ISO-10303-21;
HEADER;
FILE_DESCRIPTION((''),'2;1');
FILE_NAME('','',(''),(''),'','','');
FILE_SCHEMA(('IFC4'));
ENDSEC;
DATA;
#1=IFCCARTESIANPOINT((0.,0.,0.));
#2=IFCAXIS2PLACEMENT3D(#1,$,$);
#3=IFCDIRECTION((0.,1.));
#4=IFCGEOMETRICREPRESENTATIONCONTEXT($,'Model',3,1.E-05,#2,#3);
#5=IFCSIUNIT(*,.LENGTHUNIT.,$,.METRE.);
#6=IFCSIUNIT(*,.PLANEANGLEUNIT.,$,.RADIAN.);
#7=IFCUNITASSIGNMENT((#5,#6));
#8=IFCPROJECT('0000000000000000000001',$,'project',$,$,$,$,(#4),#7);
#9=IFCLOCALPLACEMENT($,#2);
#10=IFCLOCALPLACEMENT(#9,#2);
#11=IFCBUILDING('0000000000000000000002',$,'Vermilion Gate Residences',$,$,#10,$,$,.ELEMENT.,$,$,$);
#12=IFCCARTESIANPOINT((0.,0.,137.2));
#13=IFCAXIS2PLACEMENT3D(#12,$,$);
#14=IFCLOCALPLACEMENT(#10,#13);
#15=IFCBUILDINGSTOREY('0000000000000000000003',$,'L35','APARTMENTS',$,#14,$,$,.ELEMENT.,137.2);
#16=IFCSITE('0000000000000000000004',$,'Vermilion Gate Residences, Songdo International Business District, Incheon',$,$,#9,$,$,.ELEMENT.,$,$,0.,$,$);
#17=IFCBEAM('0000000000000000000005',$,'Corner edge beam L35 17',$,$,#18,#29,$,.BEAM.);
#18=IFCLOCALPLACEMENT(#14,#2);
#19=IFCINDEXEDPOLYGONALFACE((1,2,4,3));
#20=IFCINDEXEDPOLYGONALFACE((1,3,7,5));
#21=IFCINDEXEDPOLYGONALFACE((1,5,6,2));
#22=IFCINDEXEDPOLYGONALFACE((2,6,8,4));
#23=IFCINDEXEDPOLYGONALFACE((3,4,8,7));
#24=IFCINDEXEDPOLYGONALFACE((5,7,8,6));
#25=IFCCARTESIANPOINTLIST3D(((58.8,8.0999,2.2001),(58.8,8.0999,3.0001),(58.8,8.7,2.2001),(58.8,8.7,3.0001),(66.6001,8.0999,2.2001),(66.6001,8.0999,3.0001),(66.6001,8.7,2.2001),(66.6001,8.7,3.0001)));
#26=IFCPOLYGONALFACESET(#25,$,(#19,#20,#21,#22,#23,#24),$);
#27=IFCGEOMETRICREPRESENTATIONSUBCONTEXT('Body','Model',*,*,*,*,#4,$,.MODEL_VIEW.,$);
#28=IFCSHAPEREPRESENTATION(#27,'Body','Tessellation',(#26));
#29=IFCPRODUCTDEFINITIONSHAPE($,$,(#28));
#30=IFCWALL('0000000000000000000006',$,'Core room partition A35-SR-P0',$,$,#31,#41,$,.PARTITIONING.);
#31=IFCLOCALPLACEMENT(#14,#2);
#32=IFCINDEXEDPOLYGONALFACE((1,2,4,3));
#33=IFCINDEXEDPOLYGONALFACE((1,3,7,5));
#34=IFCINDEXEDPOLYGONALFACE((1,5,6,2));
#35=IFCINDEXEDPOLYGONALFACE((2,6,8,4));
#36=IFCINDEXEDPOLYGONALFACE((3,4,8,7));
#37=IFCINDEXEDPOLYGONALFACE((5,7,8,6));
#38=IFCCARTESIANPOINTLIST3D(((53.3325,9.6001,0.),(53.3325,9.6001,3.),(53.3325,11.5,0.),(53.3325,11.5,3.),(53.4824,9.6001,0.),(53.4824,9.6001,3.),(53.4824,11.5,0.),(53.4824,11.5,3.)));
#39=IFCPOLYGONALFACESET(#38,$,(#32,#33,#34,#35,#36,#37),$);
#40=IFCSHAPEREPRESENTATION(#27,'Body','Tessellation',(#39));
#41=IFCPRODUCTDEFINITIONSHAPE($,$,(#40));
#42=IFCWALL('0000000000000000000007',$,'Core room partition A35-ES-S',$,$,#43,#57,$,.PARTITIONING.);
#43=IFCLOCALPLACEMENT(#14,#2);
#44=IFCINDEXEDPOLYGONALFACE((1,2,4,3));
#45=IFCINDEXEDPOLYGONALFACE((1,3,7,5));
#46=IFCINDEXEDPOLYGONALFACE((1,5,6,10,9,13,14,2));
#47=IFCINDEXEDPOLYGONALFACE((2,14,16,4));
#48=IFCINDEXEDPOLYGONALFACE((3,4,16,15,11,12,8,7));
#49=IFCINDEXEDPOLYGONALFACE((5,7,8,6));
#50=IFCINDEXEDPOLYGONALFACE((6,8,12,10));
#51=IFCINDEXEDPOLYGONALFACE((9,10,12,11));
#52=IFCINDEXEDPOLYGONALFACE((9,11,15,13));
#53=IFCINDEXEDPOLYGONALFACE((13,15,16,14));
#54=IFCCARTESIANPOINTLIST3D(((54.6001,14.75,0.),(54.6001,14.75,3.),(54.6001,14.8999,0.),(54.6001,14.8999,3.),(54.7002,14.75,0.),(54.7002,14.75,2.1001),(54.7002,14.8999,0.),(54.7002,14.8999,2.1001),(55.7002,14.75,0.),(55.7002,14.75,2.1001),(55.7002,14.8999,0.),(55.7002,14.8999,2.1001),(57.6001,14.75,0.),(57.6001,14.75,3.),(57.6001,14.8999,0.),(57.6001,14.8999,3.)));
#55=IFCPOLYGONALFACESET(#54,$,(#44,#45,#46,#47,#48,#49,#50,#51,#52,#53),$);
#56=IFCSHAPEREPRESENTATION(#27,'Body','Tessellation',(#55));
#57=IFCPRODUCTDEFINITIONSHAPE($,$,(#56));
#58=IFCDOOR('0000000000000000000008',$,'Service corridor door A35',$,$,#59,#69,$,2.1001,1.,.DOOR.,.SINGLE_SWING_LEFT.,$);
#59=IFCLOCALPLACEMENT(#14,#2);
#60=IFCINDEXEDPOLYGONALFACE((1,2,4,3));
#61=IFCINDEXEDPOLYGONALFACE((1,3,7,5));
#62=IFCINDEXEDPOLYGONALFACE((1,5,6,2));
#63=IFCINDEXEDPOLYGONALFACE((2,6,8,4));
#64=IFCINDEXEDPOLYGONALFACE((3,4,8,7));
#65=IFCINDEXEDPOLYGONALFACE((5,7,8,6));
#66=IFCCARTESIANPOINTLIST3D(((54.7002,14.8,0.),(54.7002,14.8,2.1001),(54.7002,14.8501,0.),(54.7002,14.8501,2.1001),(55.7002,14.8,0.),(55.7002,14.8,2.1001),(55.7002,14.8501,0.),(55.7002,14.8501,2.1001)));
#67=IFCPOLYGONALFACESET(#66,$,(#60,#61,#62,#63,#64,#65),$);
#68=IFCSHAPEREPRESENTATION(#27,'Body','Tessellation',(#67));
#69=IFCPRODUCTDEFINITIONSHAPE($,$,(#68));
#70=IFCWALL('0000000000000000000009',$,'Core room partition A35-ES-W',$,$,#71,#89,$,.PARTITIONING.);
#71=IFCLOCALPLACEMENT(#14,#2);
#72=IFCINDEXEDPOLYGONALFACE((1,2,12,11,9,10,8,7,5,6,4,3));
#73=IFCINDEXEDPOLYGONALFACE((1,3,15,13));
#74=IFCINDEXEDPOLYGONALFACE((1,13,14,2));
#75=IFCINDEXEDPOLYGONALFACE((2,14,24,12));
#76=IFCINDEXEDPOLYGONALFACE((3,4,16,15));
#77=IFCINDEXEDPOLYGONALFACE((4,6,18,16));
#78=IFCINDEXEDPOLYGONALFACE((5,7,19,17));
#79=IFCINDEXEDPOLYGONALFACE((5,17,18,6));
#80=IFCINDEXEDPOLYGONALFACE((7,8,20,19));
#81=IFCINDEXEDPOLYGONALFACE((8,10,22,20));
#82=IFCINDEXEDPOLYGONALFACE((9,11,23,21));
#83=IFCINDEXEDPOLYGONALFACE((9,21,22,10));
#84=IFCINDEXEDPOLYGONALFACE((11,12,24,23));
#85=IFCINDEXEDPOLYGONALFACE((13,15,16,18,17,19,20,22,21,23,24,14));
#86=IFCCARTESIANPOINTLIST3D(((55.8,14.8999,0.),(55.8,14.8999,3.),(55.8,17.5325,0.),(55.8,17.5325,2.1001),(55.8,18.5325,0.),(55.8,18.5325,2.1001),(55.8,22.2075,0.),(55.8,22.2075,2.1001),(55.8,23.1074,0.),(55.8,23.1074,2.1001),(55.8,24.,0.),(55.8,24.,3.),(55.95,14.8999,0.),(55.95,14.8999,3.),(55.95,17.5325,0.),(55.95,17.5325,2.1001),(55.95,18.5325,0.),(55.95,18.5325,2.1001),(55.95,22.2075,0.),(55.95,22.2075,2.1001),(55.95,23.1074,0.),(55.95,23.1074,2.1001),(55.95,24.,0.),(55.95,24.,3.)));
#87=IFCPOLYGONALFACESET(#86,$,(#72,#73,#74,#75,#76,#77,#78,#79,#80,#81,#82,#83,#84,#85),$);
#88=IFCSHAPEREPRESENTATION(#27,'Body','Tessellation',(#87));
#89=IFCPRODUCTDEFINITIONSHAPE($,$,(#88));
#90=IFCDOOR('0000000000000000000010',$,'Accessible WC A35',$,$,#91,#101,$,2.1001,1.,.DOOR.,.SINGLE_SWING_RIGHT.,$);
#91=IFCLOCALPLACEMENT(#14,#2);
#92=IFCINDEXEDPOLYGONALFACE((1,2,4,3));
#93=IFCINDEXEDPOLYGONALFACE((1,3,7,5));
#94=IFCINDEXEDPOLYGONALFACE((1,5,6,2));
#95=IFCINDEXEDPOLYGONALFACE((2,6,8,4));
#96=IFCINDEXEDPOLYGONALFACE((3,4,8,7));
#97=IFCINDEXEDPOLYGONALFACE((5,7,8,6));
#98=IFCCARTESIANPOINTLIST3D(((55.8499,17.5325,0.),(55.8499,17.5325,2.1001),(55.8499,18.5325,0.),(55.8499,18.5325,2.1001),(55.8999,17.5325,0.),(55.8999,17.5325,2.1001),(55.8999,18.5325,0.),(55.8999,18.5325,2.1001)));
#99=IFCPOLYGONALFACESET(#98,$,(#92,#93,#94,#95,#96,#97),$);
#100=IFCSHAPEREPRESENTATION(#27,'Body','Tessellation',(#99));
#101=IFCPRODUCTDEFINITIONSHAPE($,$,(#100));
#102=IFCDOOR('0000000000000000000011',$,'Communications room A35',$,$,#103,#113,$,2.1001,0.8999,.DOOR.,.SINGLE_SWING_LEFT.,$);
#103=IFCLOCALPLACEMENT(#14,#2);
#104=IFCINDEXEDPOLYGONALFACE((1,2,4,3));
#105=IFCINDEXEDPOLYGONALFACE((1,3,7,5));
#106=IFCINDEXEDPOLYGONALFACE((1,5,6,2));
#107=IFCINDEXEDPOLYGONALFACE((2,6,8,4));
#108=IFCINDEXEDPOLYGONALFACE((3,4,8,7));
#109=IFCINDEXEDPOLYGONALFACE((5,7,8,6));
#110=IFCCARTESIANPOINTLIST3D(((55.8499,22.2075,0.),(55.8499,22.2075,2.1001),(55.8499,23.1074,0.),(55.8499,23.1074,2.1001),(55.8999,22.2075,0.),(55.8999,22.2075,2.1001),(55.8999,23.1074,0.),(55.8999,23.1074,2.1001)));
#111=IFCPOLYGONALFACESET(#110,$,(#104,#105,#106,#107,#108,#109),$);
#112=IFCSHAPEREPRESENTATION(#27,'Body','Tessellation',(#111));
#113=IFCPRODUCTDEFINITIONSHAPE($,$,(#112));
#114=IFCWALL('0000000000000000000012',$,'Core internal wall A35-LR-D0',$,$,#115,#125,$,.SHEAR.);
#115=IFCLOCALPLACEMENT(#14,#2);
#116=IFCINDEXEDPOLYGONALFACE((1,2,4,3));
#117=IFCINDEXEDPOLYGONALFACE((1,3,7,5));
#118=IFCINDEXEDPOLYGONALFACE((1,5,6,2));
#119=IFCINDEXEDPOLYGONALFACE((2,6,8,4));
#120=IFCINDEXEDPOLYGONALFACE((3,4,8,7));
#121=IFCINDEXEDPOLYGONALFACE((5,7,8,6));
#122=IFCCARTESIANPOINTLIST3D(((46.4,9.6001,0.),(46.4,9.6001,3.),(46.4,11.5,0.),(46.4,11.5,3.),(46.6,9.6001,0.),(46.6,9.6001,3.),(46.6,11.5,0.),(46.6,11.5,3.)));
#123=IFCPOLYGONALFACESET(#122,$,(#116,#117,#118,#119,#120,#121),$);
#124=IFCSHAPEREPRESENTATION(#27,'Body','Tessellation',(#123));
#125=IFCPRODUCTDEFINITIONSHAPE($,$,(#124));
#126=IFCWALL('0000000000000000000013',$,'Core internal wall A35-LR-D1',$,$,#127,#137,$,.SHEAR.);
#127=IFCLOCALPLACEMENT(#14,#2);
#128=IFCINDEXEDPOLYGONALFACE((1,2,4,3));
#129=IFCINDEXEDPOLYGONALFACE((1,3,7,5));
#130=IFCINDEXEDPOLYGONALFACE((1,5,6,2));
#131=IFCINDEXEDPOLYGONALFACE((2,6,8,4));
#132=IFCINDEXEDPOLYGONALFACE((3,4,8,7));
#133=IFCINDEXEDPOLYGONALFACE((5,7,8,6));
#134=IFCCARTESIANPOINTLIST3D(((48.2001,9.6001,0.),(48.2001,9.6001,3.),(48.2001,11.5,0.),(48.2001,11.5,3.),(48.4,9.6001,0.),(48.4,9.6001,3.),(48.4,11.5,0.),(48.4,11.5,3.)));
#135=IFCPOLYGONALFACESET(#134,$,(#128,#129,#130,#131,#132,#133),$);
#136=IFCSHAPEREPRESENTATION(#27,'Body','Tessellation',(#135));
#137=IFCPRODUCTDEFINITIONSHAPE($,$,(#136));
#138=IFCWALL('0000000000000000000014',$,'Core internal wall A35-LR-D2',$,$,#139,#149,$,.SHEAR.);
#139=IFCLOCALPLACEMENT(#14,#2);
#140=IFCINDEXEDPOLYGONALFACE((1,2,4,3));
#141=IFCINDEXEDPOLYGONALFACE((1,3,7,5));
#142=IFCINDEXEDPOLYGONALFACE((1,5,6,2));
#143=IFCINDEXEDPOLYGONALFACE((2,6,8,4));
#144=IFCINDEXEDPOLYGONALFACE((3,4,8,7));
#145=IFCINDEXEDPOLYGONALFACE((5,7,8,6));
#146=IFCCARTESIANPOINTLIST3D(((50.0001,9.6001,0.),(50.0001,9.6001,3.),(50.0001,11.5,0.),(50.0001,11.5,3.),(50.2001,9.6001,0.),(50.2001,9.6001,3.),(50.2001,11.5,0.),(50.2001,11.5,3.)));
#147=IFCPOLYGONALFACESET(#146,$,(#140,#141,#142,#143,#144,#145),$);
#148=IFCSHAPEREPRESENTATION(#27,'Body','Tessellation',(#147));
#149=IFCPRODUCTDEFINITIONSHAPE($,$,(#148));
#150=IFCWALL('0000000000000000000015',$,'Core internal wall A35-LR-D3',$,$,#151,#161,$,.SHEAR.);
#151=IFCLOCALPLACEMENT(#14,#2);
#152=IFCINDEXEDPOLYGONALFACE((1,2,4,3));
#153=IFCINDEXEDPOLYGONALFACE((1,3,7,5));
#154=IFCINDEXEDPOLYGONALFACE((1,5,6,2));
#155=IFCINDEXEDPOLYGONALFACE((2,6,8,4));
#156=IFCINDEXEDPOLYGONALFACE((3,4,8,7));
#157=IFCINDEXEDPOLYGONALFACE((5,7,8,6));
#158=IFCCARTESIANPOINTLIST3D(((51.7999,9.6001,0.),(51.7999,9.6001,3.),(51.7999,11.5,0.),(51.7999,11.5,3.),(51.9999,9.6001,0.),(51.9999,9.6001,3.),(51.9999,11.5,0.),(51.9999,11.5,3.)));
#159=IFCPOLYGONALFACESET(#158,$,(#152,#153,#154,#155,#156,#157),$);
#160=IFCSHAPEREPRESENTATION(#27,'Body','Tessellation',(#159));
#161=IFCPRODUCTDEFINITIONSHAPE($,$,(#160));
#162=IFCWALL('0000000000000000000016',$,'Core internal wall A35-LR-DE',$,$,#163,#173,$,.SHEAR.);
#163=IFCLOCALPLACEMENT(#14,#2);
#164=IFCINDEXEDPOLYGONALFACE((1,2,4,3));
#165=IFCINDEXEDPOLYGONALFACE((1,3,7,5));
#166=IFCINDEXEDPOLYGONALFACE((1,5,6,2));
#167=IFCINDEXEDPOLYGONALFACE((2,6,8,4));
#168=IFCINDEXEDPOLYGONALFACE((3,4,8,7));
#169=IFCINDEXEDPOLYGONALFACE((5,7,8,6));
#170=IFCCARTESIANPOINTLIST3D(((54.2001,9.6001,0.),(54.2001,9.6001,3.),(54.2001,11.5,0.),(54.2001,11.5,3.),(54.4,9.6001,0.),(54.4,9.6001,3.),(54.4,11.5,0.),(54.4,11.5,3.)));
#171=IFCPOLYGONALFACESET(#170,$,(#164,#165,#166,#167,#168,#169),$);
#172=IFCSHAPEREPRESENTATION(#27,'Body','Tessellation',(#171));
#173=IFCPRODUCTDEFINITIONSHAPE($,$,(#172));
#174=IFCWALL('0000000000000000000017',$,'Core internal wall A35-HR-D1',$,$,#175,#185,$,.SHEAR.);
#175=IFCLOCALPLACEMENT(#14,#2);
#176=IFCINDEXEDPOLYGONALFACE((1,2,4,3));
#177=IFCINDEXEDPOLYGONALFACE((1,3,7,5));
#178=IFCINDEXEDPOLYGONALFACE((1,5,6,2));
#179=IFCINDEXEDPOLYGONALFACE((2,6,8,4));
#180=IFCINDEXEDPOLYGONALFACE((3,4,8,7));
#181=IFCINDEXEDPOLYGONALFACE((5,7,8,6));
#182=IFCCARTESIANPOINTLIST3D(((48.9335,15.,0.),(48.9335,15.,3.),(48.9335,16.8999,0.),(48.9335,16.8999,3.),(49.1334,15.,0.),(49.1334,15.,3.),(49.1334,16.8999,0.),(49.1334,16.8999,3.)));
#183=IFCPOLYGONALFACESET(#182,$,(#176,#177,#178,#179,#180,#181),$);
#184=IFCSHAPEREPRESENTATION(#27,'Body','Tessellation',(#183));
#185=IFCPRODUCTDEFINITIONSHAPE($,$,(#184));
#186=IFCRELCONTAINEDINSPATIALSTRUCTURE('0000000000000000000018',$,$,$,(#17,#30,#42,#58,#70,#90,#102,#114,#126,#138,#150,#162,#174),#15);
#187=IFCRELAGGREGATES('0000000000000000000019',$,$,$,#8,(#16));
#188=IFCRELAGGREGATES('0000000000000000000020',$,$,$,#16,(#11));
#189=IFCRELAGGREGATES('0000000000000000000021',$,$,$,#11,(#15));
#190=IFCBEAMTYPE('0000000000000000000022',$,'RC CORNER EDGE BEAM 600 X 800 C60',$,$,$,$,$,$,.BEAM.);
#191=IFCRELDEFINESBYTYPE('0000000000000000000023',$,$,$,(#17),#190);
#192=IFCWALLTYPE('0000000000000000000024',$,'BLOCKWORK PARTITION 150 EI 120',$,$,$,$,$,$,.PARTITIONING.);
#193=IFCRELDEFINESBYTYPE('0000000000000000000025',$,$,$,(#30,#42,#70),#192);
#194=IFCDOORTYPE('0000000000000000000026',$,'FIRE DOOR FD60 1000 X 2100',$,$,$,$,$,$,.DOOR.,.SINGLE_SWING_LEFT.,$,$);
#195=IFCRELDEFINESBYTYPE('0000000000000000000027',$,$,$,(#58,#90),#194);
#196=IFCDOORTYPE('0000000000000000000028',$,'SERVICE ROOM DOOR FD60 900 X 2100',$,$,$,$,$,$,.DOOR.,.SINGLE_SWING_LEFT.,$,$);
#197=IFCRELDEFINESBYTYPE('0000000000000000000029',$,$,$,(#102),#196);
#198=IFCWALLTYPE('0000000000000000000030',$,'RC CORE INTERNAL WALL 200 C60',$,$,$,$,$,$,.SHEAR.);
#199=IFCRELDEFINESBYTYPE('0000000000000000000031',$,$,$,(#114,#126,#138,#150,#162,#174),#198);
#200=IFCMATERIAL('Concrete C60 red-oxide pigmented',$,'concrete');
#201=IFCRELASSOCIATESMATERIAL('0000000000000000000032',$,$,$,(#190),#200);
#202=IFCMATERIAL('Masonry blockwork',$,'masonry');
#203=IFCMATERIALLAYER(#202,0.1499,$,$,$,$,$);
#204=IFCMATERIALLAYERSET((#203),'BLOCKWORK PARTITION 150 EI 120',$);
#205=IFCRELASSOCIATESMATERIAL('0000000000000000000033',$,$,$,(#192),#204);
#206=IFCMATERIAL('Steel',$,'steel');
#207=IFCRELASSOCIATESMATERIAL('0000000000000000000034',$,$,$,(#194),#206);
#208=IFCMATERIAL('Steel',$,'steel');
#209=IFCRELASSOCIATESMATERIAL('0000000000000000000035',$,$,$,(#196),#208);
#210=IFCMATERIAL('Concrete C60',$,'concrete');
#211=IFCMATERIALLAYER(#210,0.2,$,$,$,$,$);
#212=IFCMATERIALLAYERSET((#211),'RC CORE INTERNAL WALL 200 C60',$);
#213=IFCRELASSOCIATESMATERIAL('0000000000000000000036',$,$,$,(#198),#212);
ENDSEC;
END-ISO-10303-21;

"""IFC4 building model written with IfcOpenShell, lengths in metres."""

from ifc_helpers import new_model, si_unit, direction, frame, frame_2d, origin, origin_2d, place, context, subcontext, project, spatial, rectangle, extrude, material, layer, layer_set, material_profile, profile_set, type_object, element, fill, save


model = new_model("IFC4")

# Units and contexts
model_context = context("Model", 3, precision=1e-05, world=origin(), true_north=direction((0.0, 1.0)))
body_context = subcontext(model_context, "Body", "Model", "MODEL_VIEW")
ifc_project = project(units=[si_unit("LENGTHUNIT", "METRE"), si_unit("PLANEANGLEUNIT", "RADIAN")], contexts=[model_context])

# Site, building, storey
site_placement = place(None, origin())
site = spatial("IfcSite", under=ifc_project, at=site_placement, Name="Vermilion Gate Residences, Songdo International Business District, Incheon", CompositionType="ELEMENT", RefElevation=0.0)
building_placement = place(site_placement, origin())
building = spatial("IfcBuilding", under=site, at=building_placement, Name="Vermilion Gate Residences", CompositionType="ELEMENT")
storey_placement = place(building_placement, frame((0.0, 0.0, 137.2)))
storey = spatial("IfcBuildingStorey", under=building, at=storey_placement, Name="L35", Description="APARTMENTS", CompositionType="ELEMENT", Elevation=137.2)

# Beam
ifc_material_1 = material(Name="Concrete C60 red-oxide pigmented", Category="concrete")
ifc_material_profile = material_profile(ifc_material_1, rectangle(XDim=0.6001, YDim=0.8, at=origin_2d()), Name="RC-600x800")
ifc_profile_set = profile_set([ifc_material_profile], Name="Concrete C60 red-oxide pigmented")
beam_type = type_object("IfcBeamType", Name="RC CORNER EDGE BEAM 600 X 800 C60", PredefinedType="BEAM", material=ifc_profile_set)
beam_placement = place(storey_placement, frame((58.8, 8.3999, 2.6001), z_axis=(1.0, 0.0, 0.0), x_axis=(0.0, 1.0, 0.0)))
element("IfcBeam", 1, at=beam_placement, inside=storey, type_object=beam_type, Name="Corner edge beam L35 17", PredefinedType="BEAM", context=body_context, shape_type="SweptSolid", body=[
    extrude(rectangle(XDim=0.6001, YDim=0.8, at=origin_2d()), origin(), (0.0, 0.0, 1.0), 7.8),
])

# Wall
ifc_material_2 = material(Name="Masonry blockwork", Category="masonry")
ifc_layer_1 = layer(ifc_material_2, 0.1499)
ifc_layer_set_1 = layer_set([ifc_layer_1], Name="BLOCKWORK PARTITION 150 EI 120")
wall_type_1 = type_object("IfcWallType", Name="BLOCKWORK PARTITION 150 EI 120", PredefinedType="PARTITIONING", material=ifc_layer_set_1)
wall_1_placement = place(storey_placement, frame((53.4075, 9.6001, 0.0), z_axis=(0.0, 0.0, 1.0), x_axis=(0.0, 1.0, 0.0)))
element("IfcWall", 2, at=wall_1_placement, inside=storey, type_object=wall_type_1, Name="Core room partition A35-SR-P0", PredefinedType="PARTITIONING", context=body_context, shape_type="SweptSolid", body=[
    extrude(rectangle(XDim=1.8999, YDim=0.1499, at=frame_2d((0.95, 0.0))), origin(), (0.0, 0.0, 1.0), 3.0),
])

# Wall, opening, door
wall_2_placement = place(storey_placement, frame((54.6001, 14.825, 0.0), z_axis=(0.0, 0.0, 1.0), x_axis=(1.0, 0.0, 0.0)))
wall_2 = element("IfcWall", 3, at=wall_2_placement, inside=storey, type_object=wall_type_1, Name="Core room partition A35-ES-S", PredefinedType="PARTITIONING", context=body_context, shape_type="SweptSolid", body=[
    extrude(rectangle(XDim=3.0, YDim=0.1499, at=frame_2d((1.5, 0.0))), origin(), (0.0, 0.0, 1.0), 3.0),
])
opening_1_placement = place(wall_2_placement, frame((0.1001, 0.0, 0.0)))
opening_1 = element("IfcOpeningElement", 4, at=opening_1_placement, cuts=wall_2, PredefinedType="OPENING", context=body_context, shape_type="SweptSolid", body=[
    extrude(rectangle(XDim=1.0, YDim=2.1001, at=frame_2d((0.5, 1.05))), frame((0.0, 0.085, 0.0), z_axis=(0.0, -1.0, 0.0), x_axis=(1.0, 0.0, 0.0)), (0.0, 0.0, 1.0), 0.1699),
])
ifc_material_3 = material(Name="Steel", Category="steel")
door_type_1 = type_object("IfcDoorType", Name="FIRE DOOR FD60 1000 X 2100", OperationType="SINGLE_SWING_LEFT", PredefinedType="DOOR", material=ifc_material_3)
door_1_placement = place(opening_1_placement, frame((1.0, 0.0, 0.0), z_axis=(0.0, 0.0, 1.0), x_axis=(-1.0, 0.0, 0.0)))
door_1 = element("IfcDoor", 5, at=door_1_placement, inside=storey, type_object=door_type_1, Name="Service corridor door A35", OperationType="SINGLE_SWING_LEFT", OverallHeight=2.1001, OverallWidth=1.0, PredefinedType="DOOR", context=body_context, shape_type="SweptSolid", body=[
    extrude(rectangle(XDim=1.0, YDim=2.1001, at=frame_2d((0.5, 1.05))), frame((0.0, 0.0249, 0.0), z_axis=(0.0, -1.0, 0.0), x_axis=(1.0, 0.0, 0.0)), (0.0, 0.0, 1.0), 0.05),
])
fill(opening_1, door_1)

# Wall, openings, doors
wall_3_placement = place(storey_placement, frame((55.875, 14.8999, 0.0), z_axis=(0.0, 0.0, 1.0), x_axis=(0.0, 1.0, 0.0)))
wall_3 = element("IfcWall", 6, at=wall_3_placement, inside=storey, type_object=wall_type_1, Name="Core room partition A35-ES-W", PredefinedType="PARTITIONING", context=body_context, shape_type="SweptSolid", body=[
    extrude(rectangle(XDim=9.1001, YDim=0.1499, at=frame_2d((4.55, 0.0))), origin(), (0.0, 0.0, 1.0), 3.0),
])
opening_2_placement = place(wall_3_placement, frame((2.6326, 0.0, 0.0)))
opening_2 = element("IfcOpeningElement", 7, at=opening_2_placement, cuts=wall_3, PredefinedType="OPENING", context=body_context, shape_type="SweptSolid", body=[
    extrude(rectangle(XDim=1.0, YDim=2.1001, at=frame_2d((0.5, 1.05))), frame((0.0, 0.085, 0.0), z_axis=(0.0, -1.0, 0.0), x_axis=(1.0, 0.0, 0.0)), (0.0, 0.0, 1.0), 0.1699),
])
opening_3_placement = place(wall_3_placement, frame((7.3076, 0.0, 0.0)))
opening_3 = element("IfcOpeningElement", 8, at=opening_3_placement, cuts=wall_3, PredefinedType="OPENING", context=body_context, shape_type="SweptSolid", body=[
    extrude(rectangle(XDim=0.8999, YDim=2.1001, at=frame_2d((0.45, 1.05))), frame((0.0, 0.085, 0.0), z_axis=(0.0, -1.0, 0.0), x_axis=(1.0, 0.0, 0.0)), (0.0, 0.0, 1.0), 0.1699),
])
door_2_placement = place(opening_2_placement, frame((1.0, 0.0, 0.0), z_axis=(0.0, 0.0, 1.0), x_axis=(-1.0, 0.0, 0.0)))
door_2 = element("IfcDoor", 9, at=door_2_placement, inside=storey, type_object=door_type_1, Name="Accessible WC A35", OperationType="SINGLE_SWING_RIGHT", OverallHeight=2.1001, OverallWidth=1.0, PredefinedType="DOOR", context=body_context, shape_type="SweptSolid", body=[
    extrude(rectangle(XDim=1.0, YDim=2.1001, at=frame_2d((0.5, 1.05))), frame((0.0, 0.0249, 0.0), z_axis=(0.0, -1.0, 0.0), x_axis=(1.0, 0.0, 0.0)), (0.0, 0.0, 1.0), 0.05),
])
fill(opening_2, door_2)
ifc_material_4 = material(Name="Steel", Category="steel")
door_type_2 = type_object("IfcDoorType", Name="SERVICE ROOM DOOR FD60 900 X 2100", OperationType="SINGLE_SWING_LEFT", PredefinedType="DOOR", material=ifc_material_4)
door_3_placement = place(opening_3_placement, frame((0.8999, 0.0, 0.0), z_axis=(0.0, 0.0, 1.0), x_axis=(-1.0, 0.0, 0.0)))
door_3 = element("IfcDoor", 10, at=door_3_placement, inside=storey, type_object=door_type_2, Name="Communications room A35", OperationType="SINGLE_SWING_LEFT", OverallHeight=2.1001, OverallWidth=0.8999, PredefinedType="DOOR", context=body_context, shape_type="SweptSolid", body=[
    extrude(rectangle(XDim=0.8999, YDim=2.1001, at=frame_2d((0.45, 1.05))), frame((0.0, 0.0249, 0.0), z_axis=(0.0, -1.0, 0.0), x_axis=(1.0, 0.0, 0.0)), (0.0, 0.0, 1.0), 0.05),
])
fill(opening_3, door_3)

# Walls
ifc_material_5 = material(Name="Concrete C60", Category="concrete")
ifc_layer_2 = layer(ifc_material_5, 0.2)
ifc_layer_set_2 = layer_set([ifc_layer_2], Name="RC CORE INTERNAL WALL 200 C60")
wall_type_2 = type_object("IfcWallType", Name="RC CORE INTERNAL WALL 200 C60", PredefinedType="SHEAR", material=ifc_layer_set_2)
for number, where, z_axis, x_axis, name in (
    (11, (46.5, 9.6001, 0.0), (0.0, 0.0, 1.0), (0.0, 1.0, 0.0), "Core internal wall A35-LR-D0"),
    (12, (48.3, 9.6001, 0.0), (0.0, 0.0, 1.0), (0.0, 1.0, 0.0), "Core internal wall A35-LR-D1"),
    (13, (50.1001, 9.6001, 0.0), (0.0, 0.0, 1.0), (0.0, 1.0, 0.0), "Core internal wall A35-LR-D2"),
    (14, (51.8999, 9.6001, 0.0), (0.0, 0.0, 1.0), (0.0, 1.0, 0.0), "Core internal wall A35-LR-D3"),
    (15, (54.3, 9.6001, 0.0), (0.0, 0.0, 1.0), (0.0, 1.0, 0.0), "Core internal wall A35-LR-DE"),
    (16, (49.0334, 15.0, 0.0), (0.0, 0.0, 1.0), (0.0, 1.0, 0.0), "Core internal wall A35-HR-D1"),
):
    element("IfcWall", number, at=place(storey_placement, frame(where, z_axis=z_axis, x_axis=x_axis)), inside=storey, type_object=wall_type_2, Name=name, PredefinedType="SHEAR", context=body_context, shape_type="SweptSolid", body=[
        extrude(rectangle(XDim=1.8999, YDim=0.2, at=frame_2d((0.95, 0.0))), origin(), (0.0, 0.0, 1.0), 3.0),
    ])

save(model, "model.ifc")
